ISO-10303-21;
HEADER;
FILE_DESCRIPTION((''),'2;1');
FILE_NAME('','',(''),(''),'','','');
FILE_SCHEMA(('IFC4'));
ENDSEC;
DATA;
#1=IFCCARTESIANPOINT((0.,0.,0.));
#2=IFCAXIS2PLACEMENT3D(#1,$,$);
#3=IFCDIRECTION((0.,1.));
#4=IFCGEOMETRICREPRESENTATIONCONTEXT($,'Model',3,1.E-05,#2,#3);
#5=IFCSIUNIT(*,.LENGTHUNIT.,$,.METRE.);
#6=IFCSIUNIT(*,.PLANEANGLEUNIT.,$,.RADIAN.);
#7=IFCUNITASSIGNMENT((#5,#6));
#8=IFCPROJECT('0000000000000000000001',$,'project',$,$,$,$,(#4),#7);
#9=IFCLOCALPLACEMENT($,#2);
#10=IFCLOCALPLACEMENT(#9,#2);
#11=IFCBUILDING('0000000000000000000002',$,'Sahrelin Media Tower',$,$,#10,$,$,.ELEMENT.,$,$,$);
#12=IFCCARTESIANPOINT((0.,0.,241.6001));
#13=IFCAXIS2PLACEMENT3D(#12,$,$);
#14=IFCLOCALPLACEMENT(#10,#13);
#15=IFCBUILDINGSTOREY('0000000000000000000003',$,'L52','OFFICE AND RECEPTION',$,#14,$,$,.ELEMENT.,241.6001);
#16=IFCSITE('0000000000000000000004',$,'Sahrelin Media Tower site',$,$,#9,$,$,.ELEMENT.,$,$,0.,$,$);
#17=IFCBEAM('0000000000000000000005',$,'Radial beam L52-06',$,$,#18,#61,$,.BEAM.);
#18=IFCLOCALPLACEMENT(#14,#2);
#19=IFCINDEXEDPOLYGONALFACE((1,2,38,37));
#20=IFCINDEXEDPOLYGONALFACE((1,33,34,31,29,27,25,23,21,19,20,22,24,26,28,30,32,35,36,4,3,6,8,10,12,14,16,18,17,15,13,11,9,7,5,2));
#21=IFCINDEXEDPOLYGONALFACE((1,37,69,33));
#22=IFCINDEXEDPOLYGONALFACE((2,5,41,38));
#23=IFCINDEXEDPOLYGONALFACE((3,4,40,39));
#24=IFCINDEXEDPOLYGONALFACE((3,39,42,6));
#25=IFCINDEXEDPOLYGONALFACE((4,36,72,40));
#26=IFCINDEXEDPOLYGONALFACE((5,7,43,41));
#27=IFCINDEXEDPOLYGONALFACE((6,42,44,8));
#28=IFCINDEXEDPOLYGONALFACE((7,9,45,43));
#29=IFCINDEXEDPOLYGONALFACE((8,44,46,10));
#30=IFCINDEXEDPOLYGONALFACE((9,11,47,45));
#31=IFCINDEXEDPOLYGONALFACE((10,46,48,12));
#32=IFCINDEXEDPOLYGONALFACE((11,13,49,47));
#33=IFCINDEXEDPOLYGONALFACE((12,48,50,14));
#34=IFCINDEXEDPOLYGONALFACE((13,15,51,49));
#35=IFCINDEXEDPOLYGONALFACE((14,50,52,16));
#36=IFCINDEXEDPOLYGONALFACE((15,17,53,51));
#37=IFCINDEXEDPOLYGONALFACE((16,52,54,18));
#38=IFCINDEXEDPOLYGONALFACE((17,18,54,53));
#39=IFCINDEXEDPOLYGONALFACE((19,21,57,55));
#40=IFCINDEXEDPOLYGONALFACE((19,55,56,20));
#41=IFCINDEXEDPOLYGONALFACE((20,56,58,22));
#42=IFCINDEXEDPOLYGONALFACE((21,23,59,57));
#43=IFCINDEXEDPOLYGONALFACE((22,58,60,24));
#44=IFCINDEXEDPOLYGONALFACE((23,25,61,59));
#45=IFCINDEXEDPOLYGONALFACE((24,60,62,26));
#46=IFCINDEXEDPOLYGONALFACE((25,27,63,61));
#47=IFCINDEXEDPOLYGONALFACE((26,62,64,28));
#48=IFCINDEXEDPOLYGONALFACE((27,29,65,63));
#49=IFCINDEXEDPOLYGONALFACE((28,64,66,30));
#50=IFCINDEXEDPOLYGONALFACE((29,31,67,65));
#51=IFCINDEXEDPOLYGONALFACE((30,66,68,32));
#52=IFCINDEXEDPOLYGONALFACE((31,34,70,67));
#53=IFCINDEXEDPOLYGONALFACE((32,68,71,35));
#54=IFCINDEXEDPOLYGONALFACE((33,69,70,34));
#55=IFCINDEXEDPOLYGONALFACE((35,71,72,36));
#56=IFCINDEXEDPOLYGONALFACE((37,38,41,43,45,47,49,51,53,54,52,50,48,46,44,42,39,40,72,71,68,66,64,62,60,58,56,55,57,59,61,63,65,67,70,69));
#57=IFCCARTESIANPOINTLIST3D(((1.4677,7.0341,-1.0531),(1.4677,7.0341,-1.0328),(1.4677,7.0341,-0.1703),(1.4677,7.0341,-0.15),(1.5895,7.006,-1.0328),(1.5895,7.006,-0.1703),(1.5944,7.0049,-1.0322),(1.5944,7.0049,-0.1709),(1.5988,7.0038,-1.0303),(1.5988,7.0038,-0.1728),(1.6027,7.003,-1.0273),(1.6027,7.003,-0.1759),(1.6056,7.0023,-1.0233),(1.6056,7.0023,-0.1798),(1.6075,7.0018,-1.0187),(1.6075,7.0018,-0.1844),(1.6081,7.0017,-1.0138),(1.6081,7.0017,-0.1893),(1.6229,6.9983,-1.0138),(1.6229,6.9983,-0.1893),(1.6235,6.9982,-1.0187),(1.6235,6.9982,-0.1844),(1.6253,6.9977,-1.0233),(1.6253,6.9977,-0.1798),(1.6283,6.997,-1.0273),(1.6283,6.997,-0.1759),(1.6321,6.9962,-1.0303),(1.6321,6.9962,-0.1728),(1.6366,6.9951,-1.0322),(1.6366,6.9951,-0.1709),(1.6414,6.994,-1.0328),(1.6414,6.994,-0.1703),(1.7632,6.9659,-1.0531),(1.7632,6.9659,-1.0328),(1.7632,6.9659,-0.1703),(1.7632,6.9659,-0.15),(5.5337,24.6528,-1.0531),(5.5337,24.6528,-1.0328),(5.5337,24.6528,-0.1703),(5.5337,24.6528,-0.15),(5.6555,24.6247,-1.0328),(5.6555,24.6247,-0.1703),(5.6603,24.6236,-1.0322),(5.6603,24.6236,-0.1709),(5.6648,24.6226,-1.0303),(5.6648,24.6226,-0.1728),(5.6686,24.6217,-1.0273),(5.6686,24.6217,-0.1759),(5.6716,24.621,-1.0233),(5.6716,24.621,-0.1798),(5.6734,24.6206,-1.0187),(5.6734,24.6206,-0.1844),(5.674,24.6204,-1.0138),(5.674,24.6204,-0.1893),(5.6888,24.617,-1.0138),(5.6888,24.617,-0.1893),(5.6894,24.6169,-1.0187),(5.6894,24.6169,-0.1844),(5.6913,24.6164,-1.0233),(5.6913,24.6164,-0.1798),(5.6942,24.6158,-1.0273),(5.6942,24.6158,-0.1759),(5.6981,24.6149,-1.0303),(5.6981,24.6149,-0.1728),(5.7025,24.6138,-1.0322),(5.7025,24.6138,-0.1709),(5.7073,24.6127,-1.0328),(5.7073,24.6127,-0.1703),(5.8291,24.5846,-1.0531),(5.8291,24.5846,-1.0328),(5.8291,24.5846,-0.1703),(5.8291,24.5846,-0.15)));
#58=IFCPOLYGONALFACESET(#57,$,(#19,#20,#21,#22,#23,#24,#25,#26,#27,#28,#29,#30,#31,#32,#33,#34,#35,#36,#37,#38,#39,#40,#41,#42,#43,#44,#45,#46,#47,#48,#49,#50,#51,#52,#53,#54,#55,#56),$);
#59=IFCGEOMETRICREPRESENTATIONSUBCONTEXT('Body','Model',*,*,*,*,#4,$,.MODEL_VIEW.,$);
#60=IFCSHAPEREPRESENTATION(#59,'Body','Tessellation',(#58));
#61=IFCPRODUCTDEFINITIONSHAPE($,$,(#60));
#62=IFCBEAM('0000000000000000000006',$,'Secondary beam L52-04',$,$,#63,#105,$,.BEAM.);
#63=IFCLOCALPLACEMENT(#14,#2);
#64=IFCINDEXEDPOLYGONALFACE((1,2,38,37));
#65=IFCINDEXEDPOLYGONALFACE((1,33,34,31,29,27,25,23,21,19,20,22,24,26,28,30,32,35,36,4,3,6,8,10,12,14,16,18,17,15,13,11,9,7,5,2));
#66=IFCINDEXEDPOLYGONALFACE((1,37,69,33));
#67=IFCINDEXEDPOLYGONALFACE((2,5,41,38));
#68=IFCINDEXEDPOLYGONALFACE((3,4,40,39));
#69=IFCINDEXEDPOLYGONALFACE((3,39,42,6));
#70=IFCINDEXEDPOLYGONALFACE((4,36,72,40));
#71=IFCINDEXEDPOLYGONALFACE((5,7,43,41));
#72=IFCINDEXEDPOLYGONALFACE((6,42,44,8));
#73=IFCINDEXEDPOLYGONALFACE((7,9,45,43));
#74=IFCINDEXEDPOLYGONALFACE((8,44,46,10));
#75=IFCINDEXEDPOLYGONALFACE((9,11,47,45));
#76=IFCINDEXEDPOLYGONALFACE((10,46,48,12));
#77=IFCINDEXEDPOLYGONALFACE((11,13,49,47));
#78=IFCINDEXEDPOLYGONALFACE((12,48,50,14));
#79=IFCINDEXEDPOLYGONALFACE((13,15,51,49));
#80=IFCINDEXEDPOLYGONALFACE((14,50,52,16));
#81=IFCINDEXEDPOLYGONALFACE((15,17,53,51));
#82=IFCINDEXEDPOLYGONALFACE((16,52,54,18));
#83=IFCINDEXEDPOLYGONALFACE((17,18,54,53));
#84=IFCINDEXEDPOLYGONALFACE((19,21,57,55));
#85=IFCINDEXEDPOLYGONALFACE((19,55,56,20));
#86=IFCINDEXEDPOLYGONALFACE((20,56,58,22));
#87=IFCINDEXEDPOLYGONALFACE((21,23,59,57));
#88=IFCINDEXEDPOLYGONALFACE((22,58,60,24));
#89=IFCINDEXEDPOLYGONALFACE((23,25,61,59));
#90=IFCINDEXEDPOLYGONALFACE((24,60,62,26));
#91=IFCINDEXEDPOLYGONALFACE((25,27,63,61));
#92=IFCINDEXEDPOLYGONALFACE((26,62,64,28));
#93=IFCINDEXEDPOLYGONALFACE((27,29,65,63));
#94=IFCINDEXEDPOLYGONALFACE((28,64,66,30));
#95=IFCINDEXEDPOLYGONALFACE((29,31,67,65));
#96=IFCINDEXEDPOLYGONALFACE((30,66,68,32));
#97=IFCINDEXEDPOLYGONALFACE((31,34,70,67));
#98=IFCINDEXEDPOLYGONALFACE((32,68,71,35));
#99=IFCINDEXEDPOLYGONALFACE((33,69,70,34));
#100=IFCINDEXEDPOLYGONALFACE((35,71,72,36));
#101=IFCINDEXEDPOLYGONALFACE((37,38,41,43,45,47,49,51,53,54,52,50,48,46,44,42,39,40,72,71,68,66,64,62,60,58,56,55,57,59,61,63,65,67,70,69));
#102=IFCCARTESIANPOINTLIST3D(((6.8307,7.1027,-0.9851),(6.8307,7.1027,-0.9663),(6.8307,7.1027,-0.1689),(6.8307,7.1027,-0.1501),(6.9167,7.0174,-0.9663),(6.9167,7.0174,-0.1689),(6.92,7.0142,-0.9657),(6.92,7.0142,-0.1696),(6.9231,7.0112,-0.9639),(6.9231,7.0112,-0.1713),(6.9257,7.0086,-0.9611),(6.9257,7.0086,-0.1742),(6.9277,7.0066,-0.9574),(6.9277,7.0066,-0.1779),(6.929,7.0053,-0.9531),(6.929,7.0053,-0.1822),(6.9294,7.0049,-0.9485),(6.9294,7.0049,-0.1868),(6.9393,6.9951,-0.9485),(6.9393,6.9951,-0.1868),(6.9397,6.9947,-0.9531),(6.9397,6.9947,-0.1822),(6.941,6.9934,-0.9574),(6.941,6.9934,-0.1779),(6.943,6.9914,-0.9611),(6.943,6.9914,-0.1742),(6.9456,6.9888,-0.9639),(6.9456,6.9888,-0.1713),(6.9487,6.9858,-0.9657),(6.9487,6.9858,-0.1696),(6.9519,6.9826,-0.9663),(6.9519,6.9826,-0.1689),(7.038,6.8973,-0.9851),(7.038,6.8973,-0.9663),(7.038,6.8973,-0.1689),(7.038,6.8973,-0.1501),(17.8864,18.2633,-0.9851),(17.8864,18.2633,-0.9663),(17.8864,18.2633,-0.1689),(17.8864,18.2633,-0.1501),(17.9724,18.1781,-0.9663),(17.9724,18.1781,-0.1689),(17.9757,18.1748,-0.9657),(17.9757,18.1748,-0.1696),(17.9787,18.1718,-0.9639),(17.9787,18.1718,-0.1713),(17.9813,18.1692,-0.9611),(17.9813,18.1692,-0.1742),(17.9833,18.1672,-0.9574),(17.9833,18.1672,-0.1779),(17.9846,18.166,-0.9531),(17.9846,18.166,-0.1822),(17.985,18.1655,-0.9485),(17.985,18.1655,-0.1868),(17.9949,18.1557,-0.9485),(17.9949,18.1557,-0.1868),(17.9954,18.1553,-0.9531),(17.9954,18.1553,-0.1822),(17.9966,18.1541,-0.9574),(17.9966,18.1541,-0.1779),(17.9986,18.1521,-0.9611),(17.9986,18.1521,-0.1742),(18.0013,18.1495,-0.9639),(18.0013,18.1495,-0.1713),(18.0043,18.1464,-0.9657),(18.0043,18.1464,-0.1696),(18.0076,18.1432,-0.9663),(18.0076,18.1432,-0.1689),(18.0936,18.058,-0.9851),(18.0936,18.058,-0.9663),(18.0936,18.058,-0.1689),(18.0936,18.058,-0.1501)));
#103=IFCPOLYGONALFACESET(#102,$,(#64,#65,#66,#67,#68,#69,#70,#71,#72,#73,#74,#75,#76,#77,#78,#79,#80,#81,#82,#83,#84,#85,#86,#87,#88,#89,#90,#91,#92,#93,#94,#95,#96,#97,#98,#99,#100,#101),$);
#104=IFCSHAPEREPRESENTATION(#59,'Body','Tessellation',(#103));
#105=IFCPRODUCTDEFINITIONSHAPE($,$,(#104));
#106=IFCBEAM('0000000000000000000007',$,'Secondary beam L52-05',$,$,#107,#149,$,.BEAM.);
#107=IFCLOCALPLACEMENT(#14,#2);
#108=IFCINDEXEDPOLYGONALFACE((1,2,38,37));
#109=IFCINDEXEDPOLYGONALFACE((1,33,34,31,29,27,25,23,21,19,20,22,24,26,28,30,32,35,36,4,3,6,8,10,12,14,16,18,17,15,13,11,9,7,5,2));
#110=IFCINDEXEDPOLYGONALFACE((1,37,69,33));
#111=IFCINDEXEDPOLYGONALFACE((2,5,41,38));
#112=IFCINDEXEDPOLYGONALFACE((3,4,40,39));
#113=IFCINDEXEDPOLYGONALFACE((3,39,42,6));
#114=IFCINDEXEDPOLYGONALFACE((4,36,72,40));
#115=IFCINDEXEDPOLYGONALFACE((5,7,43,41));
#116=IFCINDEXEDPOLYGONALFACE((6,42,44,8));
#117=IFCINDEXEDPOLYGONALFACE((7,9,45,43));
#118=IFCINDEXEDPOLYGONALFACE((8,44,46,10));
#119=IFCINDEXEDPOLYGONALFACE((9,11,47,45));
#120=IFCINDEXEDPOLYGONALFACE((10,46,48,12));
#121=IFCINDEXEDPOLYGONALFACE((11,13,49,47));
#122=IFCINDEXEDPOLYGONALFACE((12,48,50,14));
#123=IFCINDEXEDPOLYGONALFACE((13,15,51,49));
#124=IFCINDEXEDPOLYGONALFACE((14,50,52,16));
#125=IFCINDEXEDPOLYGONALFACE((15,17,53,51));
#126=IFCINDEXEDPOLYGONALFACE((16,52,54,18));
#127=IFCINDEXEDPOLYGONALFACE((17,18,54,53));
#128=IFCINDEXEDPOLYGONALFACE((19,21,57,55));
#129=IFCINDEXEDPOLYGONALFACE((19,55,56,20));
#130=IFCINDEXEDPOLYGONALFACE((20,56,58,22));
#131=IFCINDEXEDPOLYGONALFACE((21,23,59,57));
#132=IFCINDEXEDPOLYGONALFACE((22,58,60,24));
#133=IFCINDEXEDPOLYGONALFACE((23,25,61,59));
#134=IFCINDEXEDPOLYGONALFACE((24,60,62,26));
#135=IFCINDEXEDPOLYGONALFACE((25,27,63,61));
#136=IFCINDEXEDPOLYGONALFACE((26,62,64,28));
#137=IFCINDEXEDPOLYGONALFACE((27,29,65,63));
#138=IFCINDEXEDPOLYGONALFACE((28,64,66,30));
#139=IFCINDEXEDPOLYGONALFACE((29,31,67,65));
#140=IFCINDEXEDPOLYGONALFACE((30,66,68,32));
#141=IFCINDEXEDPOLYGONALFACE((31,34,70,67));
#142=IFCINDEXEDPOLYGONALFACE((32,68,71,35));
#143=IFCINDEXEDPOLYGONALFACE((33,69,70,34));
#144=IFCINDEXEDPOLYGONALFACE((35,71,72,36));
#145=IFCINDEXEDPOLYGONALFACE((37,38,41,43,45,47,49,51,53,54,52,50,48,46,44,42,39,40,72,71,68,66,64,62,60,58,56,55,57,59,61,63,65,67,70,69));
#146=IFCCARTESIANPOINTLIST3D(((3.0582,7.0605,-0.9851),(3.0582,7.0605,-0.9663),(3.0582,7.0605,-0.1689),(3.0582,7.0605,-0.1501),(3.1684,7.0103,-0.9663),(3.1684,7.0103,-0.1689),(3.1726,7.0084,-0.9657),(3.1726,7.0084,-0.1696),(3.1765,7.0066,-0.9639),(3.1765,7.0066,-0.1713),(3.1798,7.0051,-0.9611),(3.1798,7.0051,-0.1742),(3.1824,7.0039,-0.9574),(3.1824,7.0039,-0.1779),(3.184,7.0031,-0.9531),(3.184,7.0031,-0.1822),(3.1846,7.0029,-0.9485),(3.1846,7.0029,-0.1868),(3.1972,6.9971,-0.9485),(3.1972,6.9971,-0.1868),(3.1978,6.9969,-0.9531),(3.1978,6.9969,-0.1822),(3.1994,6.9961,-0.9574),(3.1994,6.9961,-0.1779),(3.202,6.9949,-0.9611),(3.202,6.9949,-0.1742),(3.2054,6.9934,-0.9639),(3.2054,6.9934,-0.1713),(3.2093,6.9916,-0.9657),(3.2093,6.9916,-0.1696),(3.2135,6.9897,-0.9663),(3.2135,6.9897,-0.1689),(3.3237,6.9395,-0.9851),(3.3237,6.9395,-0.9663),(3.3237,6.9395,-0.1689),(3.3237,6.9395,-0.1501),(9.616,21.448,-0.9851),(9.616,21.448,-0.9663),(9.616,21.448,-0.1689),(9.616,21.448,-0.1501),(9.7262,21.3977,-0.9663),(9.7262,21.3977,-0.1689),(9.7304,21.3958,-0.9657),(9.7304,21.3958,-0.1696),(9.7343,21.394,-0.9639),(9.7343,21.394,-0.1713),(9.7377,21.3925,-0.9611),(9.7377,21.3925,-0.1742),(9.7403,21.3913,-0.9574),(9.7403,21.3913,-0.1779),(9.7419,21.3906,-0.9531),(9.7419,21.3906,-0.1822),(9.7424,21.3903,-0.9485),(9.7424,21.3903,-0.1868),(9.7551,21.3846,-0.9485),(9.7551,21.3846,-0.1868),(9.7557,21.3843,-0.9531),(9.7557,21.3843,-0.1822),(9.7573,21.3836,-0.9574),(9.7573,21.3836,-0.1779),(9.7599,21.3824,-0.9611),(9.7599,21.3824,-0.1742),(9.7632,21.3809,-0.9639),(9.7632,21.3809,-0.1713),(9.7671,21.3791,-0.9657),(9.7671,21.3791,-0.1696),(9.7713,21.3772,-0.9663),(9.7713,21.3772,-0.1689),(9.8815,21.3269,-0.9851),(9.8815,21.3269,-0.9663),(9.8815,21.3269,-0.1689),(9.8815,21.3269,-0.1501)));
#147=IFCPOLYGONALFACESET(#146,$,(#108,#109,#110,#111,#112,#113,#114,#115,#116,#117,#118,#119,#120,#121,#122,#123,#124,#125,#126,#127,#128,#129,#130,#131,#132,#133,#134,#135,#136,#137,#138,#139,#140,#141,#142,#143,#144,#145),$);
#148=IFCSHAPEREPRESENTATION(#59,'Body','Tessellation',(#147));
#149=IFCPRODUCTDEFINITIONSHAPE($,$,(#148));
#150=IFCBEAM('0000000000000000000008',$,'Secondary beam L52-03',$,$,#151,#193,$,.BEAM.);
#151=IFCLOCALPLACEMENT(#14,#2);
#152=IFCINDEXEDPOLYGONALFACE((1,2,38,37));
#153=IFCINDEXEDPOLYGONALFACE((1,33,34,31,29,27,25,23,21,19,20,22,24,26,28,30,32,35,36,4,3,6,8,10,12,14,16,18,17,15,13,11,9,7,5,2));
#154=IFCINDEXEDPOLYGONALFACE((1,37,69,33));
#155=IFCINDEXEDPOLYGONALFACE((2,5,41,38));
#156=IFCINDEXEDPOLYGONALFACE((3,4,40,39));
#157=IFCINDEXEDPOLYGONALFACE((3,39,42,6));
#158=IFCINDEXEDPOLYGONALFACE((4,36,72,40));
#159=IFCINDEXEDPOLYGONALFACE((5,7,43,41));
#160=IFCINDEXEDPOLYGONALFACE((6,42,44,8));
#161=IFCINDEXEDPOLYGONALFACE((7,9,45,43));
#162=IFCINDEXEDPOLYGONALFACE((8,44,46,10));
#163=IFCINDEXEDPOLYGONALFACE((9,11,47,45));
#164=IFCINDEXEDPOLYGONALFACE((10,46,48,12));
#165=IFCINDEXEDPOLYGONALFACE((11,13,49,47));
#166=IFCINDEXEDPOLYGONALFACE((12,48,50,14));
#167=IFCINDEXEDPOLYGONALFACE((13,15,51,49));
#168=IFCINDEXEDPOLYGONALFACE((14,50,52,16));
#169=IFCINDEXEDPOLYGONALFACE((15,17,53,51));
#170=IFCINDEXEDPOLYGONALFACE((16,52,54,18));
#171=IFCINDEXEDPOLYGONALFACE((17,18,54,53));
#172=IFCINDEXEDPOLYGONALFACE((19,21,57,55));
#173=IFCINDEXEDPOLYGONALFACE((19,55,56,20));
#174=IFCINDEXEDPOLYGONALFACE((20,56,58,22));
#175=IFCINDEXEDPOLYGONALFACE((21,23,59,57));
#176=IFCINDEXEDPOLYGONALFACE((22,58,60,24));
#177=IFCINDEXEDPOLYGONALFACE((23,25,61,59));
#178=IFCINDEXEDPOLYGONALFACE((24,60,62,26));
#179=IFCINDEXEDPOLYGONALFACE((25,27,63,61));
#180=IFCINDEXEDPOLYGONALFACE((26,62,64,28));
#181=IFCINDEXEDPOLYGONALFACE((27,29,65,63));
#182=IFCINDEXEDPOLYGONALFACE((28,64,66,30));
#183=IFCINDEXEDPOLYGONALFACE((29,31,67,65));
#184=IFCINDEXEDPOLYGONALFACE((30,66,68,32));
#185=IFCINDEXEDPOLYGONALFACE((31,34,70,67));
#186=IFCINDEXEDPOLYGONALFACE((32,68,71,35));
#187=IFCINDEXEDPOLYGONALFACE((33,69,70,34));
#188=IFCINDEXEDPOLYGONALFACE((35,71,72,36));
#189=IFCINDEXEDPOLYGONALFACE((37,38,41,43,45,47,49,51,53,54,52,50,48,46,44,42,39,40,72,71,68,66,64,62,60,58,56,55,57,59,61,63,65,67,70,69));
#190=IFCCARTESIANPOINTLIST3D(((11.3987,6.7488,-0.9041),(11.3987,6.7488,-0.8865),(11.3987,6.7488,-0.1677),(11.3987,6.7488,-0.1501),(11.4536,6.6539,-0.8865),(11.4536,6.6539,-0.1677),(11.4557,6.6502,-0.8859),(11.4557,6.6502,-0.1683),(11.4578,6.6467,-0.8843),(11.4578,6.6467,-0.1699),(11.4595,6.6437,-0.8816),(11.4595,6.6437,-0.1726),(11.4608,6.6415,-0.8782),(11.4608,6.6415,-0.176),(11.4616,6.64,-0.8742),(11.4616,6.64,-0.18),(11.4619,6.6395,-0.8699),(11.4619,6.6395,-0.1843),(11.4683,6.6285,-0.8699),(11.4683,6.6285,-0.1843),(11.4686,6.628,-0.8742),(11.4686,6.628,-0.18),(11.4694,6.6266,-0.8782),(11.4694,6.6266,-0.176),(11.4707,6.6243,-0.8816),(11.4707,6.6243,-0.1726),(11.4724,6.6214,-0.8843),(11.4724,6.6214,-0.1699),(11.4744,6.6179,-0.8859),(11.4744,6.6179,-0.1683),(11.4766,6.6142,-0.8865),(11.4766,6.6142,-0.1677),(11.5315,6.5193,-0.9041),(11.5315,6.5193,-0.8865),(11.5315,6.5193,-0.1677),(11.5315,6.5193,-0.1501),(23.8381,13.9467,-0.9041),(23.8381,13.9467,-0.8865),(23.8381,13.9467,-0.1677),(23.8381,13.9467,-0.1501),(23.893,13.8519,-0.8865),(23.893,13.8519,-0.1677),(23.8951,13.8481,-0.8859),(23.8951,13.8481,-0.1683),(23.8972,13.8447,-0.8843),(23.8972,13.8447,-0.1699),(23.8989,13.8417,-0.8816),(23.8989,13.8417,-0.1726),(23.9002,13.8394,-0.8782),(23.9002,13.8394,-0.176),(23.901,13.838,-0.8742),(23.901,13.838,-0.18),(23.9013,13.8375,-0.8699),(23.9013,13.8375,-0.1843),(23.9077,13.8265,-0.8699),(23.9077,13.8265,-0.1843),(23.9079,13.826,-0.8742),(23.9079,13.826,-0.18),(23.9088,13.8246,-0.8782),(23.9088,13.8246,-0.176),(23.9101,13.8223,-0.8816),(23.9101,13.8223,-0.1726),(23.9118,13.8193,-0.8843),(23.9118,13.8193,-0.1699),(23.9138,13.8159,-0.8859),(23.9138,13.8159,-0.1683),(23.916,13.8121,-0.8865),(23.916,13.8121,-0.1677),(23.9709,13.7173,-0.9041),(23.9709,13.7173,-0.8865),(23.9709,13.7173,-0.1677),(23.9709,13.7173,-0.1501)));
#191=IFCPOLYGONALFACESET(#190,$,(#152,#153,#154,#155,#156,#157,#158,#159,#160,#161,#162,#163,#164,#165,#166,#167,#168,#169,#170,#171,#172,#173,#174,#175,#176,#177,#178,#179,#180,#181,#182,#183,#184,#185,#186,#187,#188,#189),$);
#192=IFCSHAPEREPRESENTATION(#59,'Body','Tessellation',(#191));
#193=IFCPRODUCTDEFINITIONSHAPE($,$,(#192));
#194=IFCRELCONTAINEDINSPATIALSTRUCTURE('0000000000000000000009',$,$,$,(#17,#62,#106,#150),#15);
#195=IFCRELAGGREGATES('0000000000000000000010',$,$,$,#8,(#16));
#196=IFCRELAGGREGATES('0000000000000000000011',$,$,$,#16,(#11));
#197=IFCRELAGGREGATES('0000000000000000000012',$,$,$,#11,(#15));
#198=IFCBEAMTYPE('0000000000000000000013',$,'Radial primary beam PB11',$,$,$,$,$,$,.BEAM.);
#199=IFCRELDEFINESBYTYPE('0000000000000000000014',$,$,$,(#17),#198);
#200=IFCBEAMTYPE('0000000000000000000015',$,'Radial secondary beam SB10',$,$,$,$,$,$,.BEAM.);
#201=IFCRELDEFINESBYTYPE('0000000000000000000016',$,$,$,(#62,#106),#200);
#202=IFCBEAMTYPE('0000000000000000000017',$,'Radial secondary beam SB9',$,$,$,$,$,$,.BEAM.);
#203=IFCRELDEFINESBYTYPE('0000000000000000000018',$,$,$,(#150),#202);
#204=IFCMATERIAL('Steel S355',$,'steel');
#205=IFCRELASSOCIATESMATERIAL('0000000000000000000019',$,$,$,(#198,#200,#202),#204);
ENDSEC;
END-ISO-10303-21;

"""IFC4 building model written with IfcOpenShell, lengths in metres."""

from ifc_helpers import new_model, si_unit, direction, frame, origin, origin_2d, place, context, subcontext, project, spatial, i_section, extrude, material, material_profile, profile_set, type_object, element, save


model = new_model("IFC4")

# Units and contexts
model_context = context("Model", 3, precision=1e-05, world=origin(), true_north=direction((0.0, 1.0)))
body_context = subcontext(model_context, "Body", "Model", "MODEL_VIEW")
ifc_project = project(units=[si_unit("LENGTHUNIT", "METRE"), si_unit("PLANEANGLEUNIT", "RADIAN")], contexts=[model_context])

# Site, building, storey
site_placement = place(None, origin())
site = spatial("IfcSite", under=ifc_project, at=site_placement, Name="Sahrelin Media Tower site", CompositionType="ELEMENT", RefElevation=0.0)
building_placement = place(site_placement, origin())
building = spatial("IfcBuilding", under=site, at=building_placement, Name="Sahrelin Media Tower", CompositionType="ELEMENT")
storey_placement = place(building_placement, frame((0.0, 0.0, 241.6001)))
storey = spatial("IfcBuildingStorey", under=building, at=storey_placement, Name="L52", Description="OFFICE AND RECEPTION", CompositionType="ELEMENT", Elevation=241.6001)

# Shared definitions
ifc_material_1 = material(Name="Steel S355", Category="steel")

# Beams
ifc_material_profile_1 = material_profile(ifc_material_1, i_section(OverallWidth=0.3032, OverallDepth=0.9031, WebThickness=0.0151, FlangeThickness=0.0203, FilletRadius=0.019, at=origin_2d()), Name="UB 914x305x201")
ifc_profile_set_1 = profile_set([ifc_material_profile_1], Name="Steel S355")
beam_type_1 = type_object("IfcBeamType", Name="Radial primary beam PB11", PredefinedType="BEAM", material=ifc_profile_set_1)
beam_1_placement = place(storey_placement, frame((1.6155, 7.0, -0.6016), z_axis=(0.224863, 0.97439, 0.0), x_axis=(-0.97439, 0.224863, 0.0)))
element("IfcBeam", 1, at=beam_1_placement, inside=storey, type_object=beam_type_1, Name="Radial beam L52-06", PredefinedType="BEAM", context=body_context, shape_type="SweptSolid", body=[
    extrude(i_section(OverallWidth=0.3032, OverallDepth=0.9031, WebThickness=0.0151, FlangeThickness=0.0203, FilletRadius=0.019, at=origin_2d()), origin(), (0.0, 0.0, 1.0), 18.0818),
])
ifc_material_profile_2 = material_profile(ifc_material_1, i_section(OverallWidth=0.2917, OverallDepth=0.835, WebThickness=0.0139, FlangeThickness=0.0188, FilletRadius=0.0178, at=origin_2d()), Name="UB 838x292x176")
ifc_profile_set_2 = profile_set([ifc_material_profile_2], Name="Steel S355")
beam_type_2 = type_object("IfcBeamType", Name="Radial secondary beam SB10", PredefinedType="BEAM", material=ifc_profile_set_2)
beam_2_placement = place(storey_placement, frame((6.9343, 7.0, -0.5676), z_axis=(0.703758, 0.71044, 0.0), x_axis=(-0.71044, 0.703758, 0.0)))
element("IfcBeam", 2, at=beam_2_placement, inside=storey, type_object=beam_type_2, Name="Secondary beam L52-04", PredefinedType="BEAM", context=body_context, shape_type="SweptSolid", body=[
    extrude(i_section(OverallWidth=0.2917, OverallDepth=0.835, WebThickness=0.0139, FlangeThickness=0.0188, FilletRadius=0.0178, at=origin_2d()), origin(), (0.0, 0.0, 1.0), 15.7095),
])
beam_3_placement = place(storey_placement, frame((3.1909, 7.0, -0.5676), z_axis=(0.414752, 0.909934, 0.0), x_axis=(-0.909934, 0.414752, 0.0)))
element("IfcBeam", 3, at=beam_3_placement, inside=storey, type_object=beam_type_2, Name="Secondary beam L52-05", PredefinedType="BEAM", context=body_context, shape_type="SweptSolid", body=[
    extrude(i_section(OverallWidth=0.2917, OverallDepth=0.835, WebThickness=0.0139, FlangeThickness=0.0188, FilletRadius=0.0178, at=origin_2d()), origin(), (0.0, 0.0, 1.0), 15.8115),
])
ifc_material_profile_3 = material_profile(ifc_material_1, i_section(OverallWidth=0.2651, OverallDepth=0.7539, WebThickness=0.0127, FlangeThickness=0.0176, FilletRadius=0.0166, at=origin_2d()), Name="UB 762x267x147")
ifc_profile_set_3 = profile_set([ifc_material_profile_3], Name="Steel S355")
beam_type_3 = type_object("IfcBeamType", Name="Radial secondary beam SB9", PredefinedType="BEAM", material=ifc_profile_set_3)
beam_4_placement = place(storey_placement, frame((11.4651, 6.634, -0.5271), z_axis=(0.865541, 0.500839, 0.0), x_axis=(-0.500839, 0.865541, 0.0)))
element("IfcBeam", 4, at=beam_4_placement, inside=storey, type_object=beam_type_3, Name="Secondary beam L52-03", PredefinedType="BEAM", context=body_context, shape_type="SweptSolid", body=[
    extrude(i_section(OverallWidth=0.2651, OverallDepth=0.7539, WebThickness=0.0127, FlangeThickness=0.0176, FilletRadius=0.0166, at=origin_2d()), origin(), (0.0, 0.0, 1.0), 14.3718),
])

save(model, "model.ifc")
